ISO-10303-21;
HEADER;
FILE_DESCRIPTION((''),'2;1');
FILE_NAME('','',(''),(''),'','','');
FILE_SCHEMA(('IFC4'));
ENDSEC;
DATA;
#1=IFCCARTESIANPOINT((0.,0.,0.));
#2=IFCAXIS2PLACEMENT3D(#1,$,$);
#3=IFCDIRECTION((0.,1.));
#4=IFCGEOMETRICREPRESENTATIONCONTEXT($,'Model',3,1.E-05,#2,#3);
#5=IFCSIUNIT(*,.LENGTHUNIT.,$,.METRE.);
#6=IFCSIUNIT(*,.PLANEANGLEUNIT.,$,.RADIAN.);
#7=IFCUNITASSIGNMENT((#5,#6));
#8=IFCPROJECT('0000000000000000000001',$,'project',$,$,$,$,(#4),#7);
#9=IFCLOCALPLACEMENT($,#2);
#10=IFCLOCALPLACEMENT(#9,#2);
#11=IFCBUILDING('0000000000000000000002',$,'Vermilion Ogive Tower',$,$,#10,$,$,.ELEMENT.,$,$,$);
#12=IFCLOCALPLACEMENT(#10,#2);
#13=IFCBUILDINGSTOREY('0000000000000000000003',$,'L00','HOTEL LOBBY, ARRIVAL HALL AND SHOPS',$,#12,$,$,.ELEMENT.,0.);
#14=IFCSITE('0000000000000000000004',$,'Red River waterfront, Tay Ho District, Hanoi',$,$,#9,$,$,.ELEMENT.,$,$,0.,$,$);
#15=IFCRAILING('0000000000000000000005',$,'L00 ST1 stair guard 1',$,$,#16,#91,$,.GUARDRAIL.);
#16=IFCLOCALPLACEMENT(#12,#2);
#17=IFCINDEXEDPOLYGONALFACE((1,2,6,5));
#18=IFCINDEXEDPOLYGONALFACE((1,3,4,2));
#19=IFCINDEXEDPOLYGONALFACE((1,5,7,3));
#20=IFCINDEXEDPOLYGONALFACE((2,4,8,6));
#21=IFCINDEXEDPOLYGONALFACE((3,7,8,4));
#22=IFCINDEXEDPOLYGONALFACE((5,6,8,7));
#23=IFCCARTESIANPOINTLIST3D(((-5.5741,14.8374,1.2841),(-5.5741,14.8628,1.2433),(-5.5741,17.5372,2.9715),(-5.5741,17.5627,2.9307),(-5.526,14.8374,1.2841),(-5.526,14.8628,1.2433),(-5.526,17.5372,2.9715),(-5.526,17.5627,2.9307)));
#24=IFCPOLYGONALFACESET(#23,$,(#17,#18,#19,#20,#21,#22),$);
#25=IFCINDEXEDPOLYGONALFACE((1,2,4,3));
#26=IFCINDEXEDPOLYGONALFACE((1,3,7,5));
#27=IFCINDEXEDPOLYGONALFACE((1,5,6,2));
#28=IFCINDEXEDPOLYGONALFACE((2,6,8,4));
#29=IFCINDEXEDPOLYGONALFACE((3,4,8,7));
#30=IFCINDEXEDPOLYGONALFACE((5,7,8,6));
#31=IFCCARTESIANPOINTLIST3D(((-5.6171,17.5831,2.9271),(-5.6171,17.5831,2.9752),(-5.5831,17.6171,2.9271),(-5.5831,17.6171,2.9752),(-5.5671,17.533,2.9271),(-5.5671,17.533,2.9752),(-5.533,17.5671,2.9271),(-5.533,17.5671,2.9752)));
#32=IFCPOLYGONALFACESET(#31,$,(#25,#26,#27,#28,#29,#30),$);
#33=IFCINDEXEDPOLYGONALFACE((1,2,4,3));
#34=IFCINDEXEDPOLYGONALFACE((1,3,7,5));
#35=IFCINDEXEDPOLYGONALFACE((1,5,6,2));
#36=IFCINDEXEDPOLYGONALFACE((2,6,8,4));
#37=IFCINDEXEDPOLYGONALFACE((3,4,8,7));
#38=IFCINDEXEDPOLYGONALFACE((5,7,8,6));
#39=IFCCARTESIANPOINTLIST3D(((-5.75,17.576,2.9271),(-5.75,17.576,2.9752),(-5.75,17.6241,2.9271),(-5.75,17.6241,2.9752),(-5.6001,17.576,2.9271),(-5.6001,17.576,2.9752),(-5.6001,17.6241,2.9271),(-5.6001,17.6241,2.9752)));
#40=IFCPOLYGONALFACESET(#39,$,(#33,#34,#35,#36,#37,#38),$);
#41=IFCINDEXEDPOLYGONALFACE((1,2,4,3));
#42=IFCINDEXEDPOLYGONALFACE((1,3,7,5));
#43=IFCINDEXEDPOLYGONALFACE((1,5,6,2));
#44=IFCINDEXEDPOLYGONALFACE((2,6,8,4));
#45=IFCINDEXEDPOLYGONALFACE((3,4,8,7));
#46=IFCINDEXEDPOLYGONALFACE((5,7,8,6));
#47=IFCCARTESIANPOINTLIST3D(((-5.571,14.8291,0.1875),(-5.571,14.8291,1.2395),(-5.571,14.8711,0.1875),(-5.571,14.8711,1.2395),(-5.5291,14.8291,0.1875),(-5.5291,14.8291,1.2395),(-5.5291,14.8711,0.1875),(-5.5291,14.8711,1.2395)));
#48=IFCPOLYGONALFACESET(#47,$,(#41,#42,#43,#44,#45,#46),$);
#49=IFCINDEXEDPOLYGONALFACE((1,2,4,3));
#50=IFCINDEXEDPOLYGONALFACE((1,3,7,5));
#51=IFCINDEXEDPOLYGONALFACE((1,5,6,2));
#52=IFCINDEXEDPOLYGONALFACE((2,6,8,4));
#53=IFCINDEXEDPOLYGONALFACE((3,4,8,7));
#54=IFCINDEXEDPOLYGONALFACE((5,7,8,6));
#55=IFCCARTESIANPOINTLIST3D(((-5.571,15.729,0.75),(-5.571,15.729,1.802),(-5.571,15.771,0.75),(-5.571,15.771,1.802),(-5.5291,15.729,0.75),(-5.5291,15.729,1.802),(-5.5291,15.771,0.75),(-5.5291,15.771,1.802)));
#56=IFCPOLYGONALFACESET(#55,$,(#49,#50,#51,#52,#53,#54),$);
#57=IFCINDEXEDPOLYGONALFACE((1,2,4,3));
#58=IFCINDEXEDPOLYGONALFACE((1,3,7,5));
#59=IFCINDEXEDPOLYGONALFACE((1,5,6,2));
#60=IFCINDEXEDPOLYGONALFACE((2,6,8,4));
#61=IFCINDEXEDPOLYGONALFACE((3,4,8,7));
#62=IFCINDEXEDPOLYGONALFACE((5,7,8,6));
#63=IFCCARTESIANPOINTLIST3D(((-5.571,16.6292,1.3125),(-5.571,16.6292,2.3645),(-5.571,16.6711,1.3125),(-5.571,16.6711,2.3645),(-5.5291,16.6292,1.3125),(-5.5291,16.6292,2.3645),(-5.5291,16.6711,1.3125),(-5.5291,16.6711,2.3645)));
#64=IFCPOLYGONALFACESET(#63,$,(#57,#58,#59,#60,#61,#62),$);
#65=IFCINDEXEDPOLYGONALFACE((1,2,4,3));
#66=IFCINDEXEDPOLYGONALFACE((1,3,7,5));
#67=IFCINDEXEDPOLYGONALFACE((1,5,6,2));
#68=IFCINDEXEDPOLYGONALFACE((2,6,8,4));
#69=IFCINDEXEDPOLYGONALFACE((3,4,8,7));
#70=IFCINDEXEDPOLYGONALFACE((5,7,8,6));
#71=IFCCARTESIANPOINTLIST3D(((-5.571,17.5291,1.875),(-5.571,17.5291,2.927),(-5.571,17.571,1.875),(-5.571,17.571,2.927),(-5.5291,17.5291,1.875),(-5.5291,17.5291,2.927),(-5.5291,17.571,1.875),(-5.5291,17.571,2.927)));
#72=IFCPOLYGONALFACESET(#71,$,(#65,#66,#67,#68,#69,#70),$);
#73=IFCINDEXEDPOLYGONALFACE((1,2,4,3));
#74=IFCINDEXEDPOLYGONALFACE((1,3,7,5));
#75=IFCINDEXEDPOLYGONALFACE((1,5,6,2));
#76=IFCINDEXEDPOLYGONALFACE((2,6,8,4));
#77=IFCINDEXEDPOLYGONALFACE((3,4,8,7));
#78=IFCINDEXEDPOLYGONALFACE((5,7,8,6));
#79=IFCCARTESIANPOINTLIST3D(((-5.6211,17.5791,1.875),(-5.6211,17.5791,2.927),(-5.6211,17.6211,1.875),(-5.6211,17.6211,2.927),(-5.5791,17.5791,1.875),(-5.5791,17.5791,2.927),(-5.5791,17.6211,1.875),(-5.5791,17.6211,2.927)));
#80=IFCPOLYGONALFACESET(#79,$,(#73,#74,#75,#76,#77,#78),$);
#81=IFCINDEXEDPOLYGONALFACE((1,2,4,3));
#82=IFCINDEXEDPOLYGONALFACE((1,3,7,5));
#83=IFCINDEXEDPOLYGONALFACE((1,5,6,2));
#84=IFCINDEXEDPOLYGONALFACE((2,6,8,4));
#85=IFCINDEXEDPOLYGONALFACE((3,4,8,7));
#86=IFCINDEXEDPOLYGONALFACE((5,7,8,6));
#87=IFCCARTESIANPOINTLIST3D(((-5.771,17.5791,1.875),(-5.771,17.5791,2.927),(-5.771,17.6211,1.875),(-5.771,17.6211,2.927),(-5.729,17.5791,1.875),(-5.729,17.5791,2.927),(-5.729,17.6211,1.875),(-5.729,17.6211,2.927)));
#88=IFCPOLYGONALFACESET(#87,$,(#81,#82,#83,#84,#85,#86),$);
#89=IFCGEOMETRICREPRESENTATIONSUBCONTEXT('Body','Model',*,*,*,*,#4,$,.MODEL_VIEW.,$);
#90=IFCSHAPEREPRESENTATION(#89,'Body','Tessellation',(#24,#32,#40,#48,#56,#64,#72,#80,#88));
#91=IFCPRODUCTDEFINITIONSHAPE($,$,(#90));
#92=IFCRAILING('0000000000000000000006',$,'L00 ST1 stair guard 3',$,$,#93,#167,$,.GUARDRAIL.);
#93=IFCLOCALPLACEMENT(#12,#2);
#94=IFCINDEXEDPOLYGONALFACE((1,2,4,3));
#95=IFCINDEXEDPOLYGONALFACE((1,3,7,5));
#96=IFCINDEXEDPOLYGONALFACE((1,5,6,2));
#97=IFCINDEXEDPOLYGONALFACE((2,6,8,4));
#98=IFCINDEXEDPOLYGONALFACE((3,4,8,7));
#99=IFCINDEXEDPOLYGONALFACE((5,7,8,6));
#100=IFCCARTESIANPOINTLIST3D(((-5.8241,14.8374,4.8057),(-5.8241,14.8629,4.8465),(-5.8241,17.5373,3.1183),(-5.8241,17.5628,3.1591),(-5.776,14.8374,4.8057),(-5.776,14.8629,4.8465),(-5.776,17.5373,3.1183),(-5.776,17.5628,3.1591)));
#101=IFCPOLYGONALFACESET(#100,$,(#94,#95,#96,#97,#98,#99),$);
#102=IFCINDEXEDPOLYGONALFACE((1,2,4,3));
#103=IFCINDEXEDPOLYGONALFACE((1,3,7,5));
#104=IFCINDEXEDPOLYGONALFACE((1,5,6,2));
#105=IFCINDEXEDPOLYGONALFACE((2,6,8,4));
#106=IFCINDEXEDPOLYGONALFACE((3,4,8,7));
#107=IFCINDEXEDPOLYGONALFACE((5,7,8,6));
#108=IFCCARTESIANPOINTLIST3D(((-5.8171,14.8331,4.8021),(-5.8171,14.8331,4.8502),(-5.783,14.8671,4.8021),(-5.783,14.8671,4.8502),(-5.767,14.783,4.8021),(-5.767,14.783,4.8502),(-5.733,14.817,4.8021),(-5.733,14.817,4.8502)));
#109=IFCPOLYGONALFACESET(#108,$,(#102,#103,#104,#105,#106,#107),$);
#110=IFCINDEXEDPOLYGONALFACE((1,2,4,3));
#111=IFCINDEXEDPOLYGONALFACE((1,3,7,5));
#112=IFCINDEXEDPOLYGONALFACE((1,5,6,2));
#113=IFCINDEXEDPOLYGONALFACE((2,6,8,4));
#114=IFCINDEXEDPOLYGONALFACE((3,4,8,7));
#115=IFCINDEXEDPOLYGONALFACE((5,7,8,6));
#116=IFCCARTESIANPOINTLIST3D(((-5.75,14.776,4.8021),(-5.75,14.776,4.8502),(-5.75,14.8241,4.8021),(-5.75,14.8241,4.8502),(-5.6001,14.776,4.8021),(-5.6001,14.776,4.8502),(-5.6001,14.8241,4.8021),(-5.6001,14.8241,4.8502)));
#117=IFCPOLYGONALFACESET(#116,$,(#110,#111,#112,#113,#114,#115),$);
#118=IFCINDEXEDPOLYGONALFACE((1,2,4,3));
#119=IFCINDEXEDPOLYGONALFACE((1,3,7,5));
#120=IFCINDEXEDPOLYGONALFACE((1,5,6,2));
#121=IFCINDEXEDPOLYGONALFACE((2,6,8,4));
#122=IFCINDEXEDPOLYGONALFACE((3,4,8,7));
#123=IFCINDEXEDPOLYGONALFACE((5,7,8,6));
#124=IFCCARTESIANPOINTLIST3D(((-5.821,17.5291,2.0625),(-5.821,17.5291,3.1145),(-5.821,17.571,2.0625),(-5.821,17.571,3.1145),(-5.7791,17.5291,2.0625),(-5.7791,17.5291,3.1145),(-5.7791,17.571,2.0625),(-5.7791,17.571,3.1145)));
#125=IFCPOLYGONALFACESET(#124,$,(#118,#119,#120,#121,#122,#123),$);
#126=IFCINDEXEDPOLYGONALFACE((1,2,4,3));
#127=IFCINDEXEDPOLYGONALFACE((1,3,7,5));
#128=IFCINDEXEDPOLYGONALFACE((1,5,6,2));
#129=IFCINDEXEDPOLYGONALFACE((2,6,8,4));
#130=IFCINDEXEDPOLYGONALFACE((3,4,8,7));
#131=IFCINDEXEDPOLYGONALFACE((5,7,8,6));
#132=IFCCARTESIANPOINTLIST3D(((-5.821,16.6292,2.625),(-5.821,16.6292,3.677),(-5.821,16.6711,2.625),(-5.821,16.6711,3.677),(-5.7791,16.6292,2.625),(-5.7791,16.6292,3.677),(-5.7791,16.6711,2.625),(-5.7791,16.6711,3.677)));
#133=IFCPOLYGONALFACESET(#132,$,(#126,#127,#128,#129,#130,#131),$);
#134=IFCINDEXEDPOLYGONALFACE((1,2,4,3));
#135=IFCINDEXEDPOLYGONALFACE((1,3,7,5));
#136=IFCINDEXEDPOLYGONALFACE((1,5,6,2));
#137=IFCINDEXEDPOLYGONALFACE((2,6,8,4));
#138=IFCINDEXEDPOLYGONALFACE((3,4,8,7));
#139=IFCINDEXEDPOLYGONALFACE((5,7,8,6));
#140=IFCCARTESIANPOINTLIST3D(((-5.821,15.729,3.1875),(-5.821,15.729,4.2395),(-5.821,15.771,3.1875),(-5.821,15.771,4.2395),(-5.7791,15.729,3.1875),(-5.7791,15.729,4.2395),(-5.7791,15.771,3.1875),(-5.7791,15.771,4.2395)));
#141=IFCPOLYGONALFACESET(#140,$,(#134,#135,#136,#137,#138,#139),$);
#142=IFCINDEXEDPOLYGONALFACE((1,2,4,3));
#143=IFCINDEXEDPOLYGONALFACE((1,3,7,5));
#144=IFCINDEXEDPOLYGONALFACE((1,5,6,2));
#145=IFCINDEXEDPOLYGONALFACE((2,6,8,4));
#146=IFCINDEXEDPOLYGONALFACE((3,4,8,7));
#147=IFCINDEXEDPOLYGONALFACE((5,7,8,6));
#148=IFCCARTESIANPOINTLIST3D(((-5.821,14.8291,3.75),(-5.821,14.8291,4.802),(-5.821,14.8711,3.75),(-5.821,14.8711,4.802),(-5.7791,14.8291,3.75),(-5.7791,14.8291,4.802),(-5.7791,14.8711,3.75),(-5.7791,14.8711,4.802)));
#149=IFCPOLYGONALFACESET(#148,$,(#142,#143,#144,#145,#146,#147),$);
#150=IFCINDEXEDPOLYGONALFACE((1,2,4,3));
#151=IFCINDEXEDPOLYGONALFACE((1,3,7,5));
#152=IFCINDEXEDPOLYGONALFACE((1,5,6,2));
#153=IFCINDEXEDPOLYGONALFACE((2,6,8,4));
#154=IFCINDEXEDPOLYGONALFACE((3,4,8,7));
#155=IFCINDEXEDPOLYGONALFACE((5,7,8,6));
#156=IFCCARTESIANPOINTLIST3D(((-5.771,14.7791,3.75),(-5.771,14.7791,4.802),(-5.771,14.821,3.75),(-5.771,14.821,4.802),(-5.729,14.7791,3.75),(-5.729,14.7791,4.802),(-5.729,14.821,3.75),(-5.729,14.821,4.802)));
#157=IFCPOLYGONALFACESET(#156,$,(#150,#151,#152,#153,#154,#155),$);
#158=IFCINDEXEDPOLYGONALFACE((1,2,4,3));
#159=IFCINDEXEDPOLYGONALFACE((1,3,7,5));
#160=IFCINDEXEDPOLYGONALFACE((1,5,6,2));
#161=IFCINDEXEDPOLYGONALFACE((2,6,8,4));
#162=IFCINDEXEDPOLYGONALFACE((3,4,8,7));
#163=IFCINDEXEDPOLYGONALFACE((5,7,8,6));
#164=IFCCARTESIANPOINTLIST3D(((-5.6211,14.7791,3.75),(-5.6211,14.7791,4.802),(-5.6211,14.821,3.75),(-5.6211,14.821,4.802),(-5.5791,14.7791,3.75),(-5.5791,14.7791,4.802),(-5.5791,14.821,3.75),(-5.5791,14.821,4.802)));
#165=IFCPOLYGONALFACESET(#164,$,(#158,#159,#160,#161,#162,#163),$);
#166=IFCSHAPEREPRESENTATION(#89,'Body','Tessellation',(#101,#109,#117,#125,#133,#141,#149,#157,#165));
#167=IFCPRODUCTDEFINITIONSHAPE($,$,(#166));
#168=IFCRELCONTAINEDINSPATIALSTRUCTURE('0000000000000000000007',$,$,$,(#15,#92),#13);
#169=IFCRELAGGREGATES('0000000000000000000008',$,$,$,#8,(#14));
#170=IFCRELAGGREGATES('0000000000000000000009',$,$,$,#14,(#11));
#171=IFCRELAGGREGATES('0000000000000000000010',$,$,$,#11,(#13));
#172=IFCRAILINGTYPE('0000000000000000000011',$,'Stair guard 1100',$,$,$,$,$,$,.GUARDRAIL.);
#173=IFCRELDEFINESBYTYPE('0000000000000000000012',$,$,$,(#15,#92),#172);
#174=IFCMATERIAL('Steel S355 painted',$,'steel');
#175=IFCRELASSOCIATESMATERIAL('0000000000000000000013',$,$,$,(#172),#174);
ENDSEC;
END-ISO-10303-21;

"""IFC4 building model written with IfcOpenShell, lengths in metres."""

from ifc_helpers import new_model, si_unit, direction, frame, origin, origin_2d, place, context, subcontext, project, spatial, rectangle, extrude, material, type_object, element, save


model = new_model("IFC4")

# Units and contexts
model_context = context("Model", 3, precision=1e-05, world=origin(), true_north=direction((0.0, 1.0)))
body_context = subcontext(model_context, "Body", "Model", "MODEL_VIEW")
ifc_project = project(units=[si_unit("LENGTHUNIT", "METRE"), si_unit("PLANEANGLEUNIT", "RADIAN")], contexts=[model_context])

# Site, building, storey
site_placement = place(None, origin())
site = spatial("IfcSite", under=ifc_project, at=site_placement, Name="Red River waterfront, Tay Ho District, Hanoi", CompositionType="ELEMENT", RefElevation=0.0)
building_placement = place(site_placement, origin())
building = spatial("IfcBuilding", under=site, at=building_placement, Name="Vermilion Ogive Tower", CompositionType="ELEMENT")
storey_placement = place(building_placement, origin())
storey = spatial("IfcBuildingStorey", under=building, at=storey_placement, Name="L00", Description="HOTEL LOBBY, ARRIVAL HALL AND SHOPS", CompositionType="ELEMENT", Elevation=0.0)

# Railings
ifc_material_1 = material(Name="Steel S355 painted", Category="steel")
railing_type_1 = type_object("IfcRailingType", Name="Stair guard 1100", PredefinedType="GUARDRAIL", material=ifc_material_1)
railing_1_placement = place(storey_placement, frame((-5.55, 14.8501, 0.1875)))
element("IfcRailing", 1, at=railing_1_placement, inside=storey, type_object=railing_type_1, Name="L00 ST1 stair guard 1", PredefinedType="GUARDRAIL", context=body_context, shape_type="SweptSolid", body=[
    extrude(rectangle(XDim=0.0481, YDim=0.0481, at=origin_2d()), frame((0.0, 0.0, 1.0762), z_axis=(0.0, 0.847994, 0.530006), x_axis=(-1.0, 0.0, 0.0)), (0.0, 0.0, 1.0), 3.1838),
    extrude(rectangle(XDim=0.0481, YDim=0.0481, at=origin_2d()), frame((0.0, 2.7, 2.7637), z_axis=(-0.707107, 0.707107, 0.0), x_axis=(-0.707107, -0.707107, 0.0)), (0.0, 0.0, 1.0), 0.0708),
    extrude(rectangle(XDim=0.0481, YDim=0.0481, at=origin_2d()), frame((-0.05, 2.75, 2.7637), z_axis=(-1.0, 0.0, 0.0), x_axis=(0.0, -1.0, 0.0)), (0.0, 0.0, 1.0), 0.1499),
    extrude(rectangle(XDim=0.042, YDim=0.042, at=origin_2d()), origin(), (0.0, 0.0, 1.0), 1.052),
    extrude(rectangle(XDim=0.042, YDim=0.042, at=origin_2d()), frame((0.0, 0.8999, 0.5625)), (0.0, 0.0, 1.0), 1.052),
    extrude(rectangle(XDim=0.042, YDim=0.042, at=origin_2d()), frame((0.0, 1.8, 1.125)), (0.0, 0.0, 1.0), 1.052),
    extrude(rectangle(XDim=0.042, YDim=0.042, at=origin_2d()), frame((0.0, 2.7, 1.6875)), (0.0, 0.0, 1.0), 1.052),
    extrude(rectangle(XDim=0.042, YDim=0.042, at=origin_2d()), frame((-0.05, 2.75, 1.6875)), (0.0, 0.0, 1.0), 1.052),
    extrude(rectangle(XDim=0.042, YDim=0.042, at=origin_2d()), frame((-0.2, 2.75, 1.6875)), (0.0, 0.0, 1.0), 1.052),
])
railing_2_placement = place(storey_placement, frame((-5.8, 17.55, 2.0625)))
element("IfcRailing", 2, at=railing_2_placement, inside=storey, type_object=railing_type_1, Name="L00 ST1 stair guard 3", PredefinedType="GUARDRAIL", context=body_context, shape_type="SweptSolid", body=[
    extrude(rectangle(XDim=0.0481, YDim=0.0481, at=origin_2d()), frame((0.0, 0.0, 1.0762), z_axis=(0.0, -0.847994, 0.530006), x_axis=(1.0, 0.0, 0.0)), (0.0, 0.0, 1.0), 3.1838),
    extrude(rectangle(XDim=0.0481, YDim=0.0481, at=origin_2d()), frame((0.0, -2.7, 2.7637), z_axis=(0.707107, -0.707107, 0.0), x_axis=(0.707107, 0.707107, 0.0)), (0.0, 0.0, 1.0), 0.0708),
    extrude(rectangle(XDim=0.0481, YDim=0.0481, at=origin_2d()), frame((0.05, -2.75, 2.7637), z_axis=(1.0, 0.0, 0.0), x_axis=(0.0, 1.0, 0.0)), (0.0, 0.0, 1.0), 0.1499),
    extrude(rectangle(XDim=0.042, YDim=0.042, at=origin_2d()), origin(), (0.0, 0.0, 1.0), 1.052),
    extrude(rectangle(XDim=0.042, YDim=0.042, at=origin_2d()), frame((0.0, -0.8999, 0.5625)), (0.0, 0.0, 1.0), 1.052),
    extrude(rectangle(XDim=0.042, YDim=0.042, at=origin_2d()), frame((0.0, -1.8, 1.125)), (0.0, 0.0, 1.0), 1.052),
    extrude(rectangle(XDim=0.042, YDim=0.042, at=origin_2d()), frame((0.0, -2.7, 1.6875)), (0.0, 0.0, 1.0), 1.052),
    extrude(rectangle(XDim=0.042, YDim=0.042, at=origin_2d()), frame((0.05, -2.75, 1.6875)), (0.0, 0.0, 1.0), 1.052),
    extrude(rectangle(XDim=0.042, YDim=0.042, at=origin_2d()), frame((0.2, -2.75, 1.6875)), (0.0, 0.0, 1.0), 1.052),
])

save(model, "model.ifc")
